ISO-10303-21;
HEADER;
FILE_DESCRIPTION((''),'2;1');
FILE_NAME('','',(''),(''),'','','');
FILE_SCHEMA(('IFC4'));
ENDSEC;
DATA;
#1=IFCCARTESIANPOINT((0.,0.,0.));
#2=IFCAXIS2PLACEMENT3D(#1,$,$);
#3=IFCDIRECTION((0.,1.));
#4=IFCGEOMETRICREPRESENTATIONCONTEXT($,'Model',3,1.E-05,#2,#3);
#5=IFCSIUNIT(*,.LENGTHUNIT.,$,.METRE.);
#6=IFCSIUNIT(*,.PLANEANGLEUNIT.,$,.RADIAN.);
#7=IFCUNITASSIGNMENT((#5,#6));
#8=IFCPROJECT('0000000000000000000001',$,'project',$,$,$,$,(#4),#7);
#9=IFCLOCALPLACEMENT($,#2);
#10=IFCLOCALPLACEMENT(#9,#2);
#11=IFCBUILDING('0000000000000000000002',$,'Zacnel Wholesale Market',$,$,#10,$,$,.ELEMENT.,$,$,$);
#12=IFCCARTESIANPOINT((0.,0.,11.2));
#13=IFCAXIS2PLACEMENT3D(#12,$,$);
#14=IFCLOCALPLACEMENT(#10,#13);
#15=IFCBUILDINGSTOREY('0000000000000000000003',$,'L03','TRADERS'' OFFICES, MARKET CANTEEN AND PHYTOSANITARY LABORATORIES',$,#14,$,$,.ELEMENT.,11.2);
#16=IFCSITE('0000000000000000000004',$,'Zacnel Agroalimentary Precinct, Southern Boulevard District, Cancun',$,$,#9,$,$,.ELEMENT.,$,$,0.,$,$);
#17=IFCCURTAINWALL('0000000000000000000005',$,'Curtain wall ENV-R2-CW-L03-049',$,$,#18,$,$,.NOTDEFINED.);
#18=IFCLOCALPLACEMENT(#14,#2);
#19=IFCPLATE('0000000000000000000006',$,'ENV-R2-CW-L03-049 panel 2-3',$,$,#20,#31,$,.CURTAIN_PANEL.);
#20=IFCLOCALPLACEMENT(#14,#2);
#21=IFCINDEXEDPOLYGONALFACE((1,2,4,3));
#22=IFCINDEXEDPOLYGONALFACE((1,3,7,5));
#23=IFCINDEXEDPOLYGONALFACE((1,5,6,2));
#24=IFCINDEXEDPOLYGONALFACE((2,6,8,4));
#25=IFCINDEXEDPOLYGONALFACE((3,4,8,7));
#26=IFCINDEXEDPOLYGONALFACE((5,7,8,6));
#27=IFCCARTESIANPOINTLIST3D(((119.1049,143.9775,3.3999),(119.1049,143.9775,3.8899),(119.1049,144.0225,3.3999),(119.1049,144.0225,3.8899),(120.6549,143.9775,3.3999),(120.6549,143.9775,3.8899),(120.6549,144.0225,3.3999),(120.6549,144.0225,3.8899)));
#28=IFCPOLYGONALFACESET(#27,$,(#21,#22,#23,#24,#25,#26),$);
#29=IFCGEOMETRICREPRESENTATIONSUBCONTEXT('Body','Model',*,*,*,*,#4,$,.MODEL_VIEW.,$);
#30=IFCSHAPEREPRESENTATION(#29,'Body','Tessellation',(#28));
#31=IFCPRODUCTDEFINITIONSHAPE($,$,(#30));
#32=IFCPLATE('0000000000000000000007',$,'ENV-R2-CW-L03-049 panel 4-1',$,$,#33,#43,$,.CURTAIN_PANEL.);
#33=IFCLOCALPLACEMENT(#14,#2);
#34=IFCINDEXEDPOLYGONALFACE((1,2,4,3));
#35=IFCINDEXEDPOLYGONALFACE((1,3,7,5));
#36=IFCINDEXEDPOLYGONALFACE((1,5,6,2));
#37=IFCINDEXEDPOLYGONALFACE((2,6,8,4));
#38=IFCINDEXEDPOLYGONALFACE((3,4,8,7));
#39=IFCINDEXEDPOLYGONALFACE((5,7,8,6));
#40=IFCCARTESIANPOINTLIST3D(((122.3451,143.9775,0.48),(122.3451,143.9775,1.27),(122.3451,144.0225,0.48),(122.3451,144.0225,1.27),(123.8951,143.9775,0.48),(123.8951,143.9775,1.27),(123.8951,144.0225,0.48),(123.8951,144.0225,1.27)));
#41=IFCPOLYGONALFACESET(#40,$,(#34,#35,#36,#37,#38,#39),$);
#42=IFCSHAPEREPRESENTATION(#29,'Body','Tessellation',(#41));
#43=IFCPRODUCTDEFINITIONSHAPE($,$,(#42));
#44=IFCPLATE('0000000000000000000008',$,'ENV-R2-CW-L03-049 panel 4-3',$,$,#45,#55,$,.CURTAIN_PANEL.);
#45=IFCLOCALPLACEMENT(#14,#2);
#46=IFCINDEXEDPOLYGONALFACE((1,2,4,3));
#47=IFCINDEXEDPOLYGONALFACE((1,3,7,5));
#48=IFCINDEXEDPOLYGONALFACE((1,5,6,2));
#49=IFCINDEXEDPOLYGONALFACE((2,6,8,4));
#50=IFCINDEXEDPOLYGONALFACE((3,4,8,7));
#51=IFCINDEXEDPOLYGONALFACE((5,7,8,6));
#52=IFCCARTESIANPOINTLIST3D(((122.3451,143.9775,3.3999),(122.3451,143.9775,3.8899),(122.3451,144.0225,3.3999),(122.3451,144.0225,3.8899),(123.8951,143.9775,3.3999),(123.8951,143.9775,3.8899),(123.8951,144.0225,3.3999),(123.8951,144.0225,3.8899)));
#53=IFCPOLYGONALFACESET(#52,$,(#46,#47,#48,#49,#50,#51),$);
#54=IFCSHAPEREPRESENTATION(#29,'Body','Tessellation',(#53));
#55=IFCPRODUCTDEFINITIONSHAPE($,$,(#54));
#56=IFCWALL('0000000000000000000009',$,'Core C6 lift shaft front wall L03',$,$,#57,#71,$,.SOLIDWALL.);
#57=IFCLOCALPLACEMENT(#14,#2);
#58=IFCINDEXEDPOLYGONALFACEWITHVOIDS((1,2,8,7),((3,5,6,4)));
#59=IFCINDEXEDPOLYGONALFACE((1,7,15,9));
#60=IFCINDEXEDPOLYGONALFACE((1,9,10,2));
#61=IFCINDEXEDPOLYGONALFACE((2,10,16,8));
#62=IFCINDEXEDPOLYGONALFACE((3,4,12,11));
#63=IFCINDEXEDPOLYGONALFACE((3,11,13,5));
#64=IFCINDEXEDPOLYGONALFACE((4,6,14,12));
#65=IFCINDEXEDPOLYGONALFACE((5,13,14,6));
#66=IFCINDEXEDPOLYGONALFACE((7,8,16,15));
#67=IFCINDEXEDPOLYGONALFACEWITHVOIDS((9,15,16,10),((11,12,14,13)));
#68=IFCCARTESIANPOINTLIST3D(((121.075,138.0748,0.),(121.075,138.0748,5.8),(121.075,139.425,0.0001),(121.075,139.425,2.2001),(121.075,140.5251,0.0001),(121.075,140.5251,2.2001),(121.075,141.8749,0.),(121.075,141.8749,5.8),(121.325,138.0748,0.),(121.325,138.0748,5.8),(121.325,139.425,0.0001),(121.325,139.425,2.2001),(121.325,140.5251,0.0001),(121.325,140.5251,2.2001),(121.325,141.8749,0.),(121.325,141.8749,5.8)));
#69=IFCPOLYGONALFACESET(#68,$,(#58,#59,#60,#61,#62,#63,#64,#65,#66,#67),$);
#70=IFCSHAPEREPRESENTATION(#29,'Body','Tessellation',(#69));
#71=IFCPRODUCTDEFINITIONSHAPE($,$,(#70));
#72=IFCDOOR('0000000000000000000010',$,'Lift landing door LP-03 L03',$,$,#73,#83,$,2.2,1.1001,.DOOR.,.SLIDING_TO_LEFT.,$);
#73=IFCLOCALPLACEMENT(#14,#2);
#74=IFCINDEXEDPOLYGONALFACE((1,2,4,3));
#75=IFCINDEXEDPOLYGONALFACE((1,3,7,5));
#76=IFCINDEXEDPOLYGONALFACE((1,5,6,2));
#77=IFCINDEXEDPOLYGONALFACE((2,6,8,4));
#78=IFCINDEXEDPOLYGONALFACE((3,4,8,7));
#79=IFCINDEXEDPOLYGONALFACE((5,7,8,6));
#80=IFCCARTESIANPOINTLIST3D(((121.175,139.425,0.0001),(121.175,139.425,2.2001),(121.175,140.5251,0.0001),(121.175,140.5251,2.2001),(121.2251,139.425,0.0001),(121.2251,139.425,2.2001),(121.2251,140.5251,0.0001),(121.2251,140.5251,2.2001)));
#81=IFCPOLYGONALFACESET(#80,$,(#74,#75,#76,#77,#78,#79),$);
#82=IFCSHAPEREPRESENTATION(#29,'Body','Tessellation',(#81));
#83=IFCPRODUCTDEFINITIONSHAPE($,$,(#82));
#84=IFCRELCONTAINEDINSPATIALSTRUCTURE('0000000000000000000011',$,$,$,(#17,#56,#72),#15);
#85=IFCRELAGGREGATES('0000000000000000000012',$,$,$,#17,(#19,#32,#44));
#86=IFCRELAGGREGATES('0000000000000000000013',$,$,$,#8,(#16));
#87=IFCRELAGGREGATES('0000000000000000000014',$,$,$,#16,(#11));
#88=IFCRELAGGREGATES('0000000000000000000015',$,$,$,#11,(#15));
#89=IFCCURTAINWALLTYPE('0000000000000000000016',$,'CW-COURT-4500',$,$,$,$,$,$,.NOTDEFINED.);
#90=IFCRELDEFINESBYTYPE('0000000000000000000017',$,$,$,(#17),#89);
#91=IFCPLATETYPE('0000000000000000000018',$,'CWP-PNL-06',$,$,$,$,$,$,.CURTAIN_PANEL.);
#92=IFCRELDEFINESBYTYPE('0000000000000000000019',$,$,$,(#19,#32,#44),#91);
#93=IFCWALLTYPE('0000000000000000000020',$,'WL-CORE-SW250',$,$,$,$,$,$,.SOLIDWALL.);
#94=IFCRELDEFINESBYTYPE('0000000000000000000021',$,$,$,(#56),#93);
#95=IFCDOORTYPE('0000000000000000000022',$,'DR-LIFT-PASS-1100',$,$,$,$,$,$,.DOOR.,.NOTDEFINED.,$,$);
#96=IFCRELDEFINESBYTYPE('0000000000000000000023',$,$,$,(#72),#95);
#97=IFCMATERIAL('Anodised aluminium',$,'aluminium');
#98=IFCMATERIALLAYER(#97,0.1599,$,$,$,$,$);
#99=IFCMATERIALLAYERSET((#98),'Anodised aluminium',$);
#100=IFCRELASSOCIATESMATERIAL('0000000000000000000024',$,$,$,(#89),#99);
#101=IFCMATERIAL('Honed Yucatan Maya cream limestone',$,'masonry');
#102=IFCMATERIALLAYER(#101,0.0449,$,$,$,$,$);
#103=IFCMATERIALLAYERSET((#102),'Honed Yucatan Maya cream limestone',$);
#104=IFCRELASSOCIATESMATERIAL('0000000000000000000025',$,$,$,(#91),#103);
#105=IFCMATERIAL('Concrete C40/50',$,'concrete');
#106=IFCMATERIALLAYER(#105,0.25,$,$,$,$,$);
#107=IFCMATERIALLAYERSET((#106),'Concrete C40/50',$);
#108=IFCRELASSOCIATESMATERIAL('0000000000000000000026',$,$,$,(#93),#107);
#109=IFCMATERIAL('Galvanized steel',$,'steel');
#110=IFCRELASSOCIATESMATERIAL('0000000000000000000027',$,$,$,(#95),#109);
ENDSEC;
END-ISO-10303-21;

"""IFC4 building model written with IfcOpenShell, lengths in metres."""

from ifc_helpers import new_model, si_unit, direction, frame, frame_2d, origin, origin_2d, place, context, subcontext, project, spatial, rectangle, extrude, material, layer, layer_set, type_object, element, fill, aggregate, save


model = new_model("IFC4")

# Units and contexts
model_context = context("Model", 3, precision=1e-05, world=origin(), true_north=direction((0.0, 1.0)))
body_context = subcontext(model_context, "Body", "Model", "MODEL_VIEW")
ifc_project = project(units=[si_unit("LENGTHUNIT", "METRE"), si_unit("PLANEANGLEUNIT", "RADIAN")], contexts=[model_context])

# Site, building, storey
site_placement = place(None, origin())
site = spatial("IfcSite", under=ifc_project, at=site_placement, Name="Zacnel Agroalimentary Precinct, Southern Boulevard District, Cancun", CompositionType="ELEMENT", RefElevation=0.0)
building_placement = place(site_placement, origin())
building = spatial("IfcBuilding", under=site, at=building_placement, Name="Zacnel Wholesale Market", CompositionType="ELEMENT")
storey_placement = place(building_placement, frame((0.0, 0.0, 11.2)))
storey = spatial("IfcBuildingStorey", under=building, at=storey_placement, Name="L03", Description="TRADERS' OFFICES, MARKET CANTEEN AND PHYTOSANITARY LABORATORIES", CompositionType="ELEMENT", Elevation=11.2)

# Curtain wall, plates
ifc_material_1 = material(Name="Anodised aluminium", Category="aluminium")
ifc_layer_1 = layer(ifc_material_1, 0.1599)
ifc_layer_set_1 = layer_set([ifc_layer_1], Name="Anodised aluminium")
curtain_wall_type = type_object("IfcCurtainWallType", Name="CW-COURT-4500", PredefinedType="NOTDEFINED", material=ifc_layer_set_1)
curtain_wall_placement = place(storey_placement, origin())
curtain_wall = element("IfcCurtainWall", 1, at=curtain_wall_placement, inside=storey, type_object=curtain_wall_type, Name="Curtain wall ENV-R2-CW-L03-049", PredefinedType="NOTDEFINED")
ifc_material_2 = material(Name="Honed Yucatan Maya cream limestone", Category="masonry")
ifc_layer_2 = layer(ifc_material_2, 0.0449)
ifc_layer_set_2 = layer_set([ifc_layer_2], Name="Honed Yucatan Maya cream limestone")
plate_type_1 = type_object("IfcPlateType", Name="CWP-PNL-06", PredefinedType="CURTAIN_PANEL", material=ifc_layer_set_2)
plate_1_placement = place(storey_placement, frame((119.8799, 144.0, 3.3999), z_axis=(0.0, 0.0, 1.0), x_axis=(1.0, 0.0, 0.0)))
plate_1 = element("IfcPlate", 2, at=plate_1_placement, type_object=plate_type_1, Name="ENV-R2-CW-L03-049 panel 2-3", PredefinedType="CURTAIN_PANEL", context=body_context, shape_type="SweptSolid", body=[
    extrude(rectangle(XDim=1.55, YDim=0.0449, at=origin_2d()), origin(), (0.0, 0.0, 1.0), 0.49),
])
plate_2_placement = place(storey_placement, frame((123.1201, 144.0, 0.48), z_axis=(0.0, 0.0, 1.0), x_axis=(1.0, 0.0, 0.0)))
plate_2 = element("IfcPlate", 3, at=plate_2_placement, type_object=plate_type_1, Name="ENV-R2-CW-L03-049 panel 4-1", PredefinedType="CURTAIN_PANEL", context=body_context, shape_type="SweptSolid", body=[
    extrude(rectangle(XDim=1.55, YDim=0.0449, at=origin_2d()), origin(), (0.0, 0.0, 1.0), 0.79),
])
plate_3_placement = place(storey_placement, frame((123.1201, 144.0, 3.3999), z_axis=(0.0, 0.0, 1.0), x_axis=(1.0, 0.0, 0.0)))
plate_3 = element("IfcPlate", 4, at=plate_3_placement, type_object=plate_type_1, Name="ENV-R2-CW-L03-049 panel 4-3", PredefinedType="CURTAIN_PANEL", context=body_context, shape_type="SweptSolid", body=[
    extrude(rectangle(XDim=1.55, YDim=0.0449, at=origin_2d()), origin(), (0.0, 0.0, 1.0), 0.49),
])
aggregate(curtain_wall, [plate_1, plate_2, plate_3])

# Wall, opening, door
ifc_material_3 = material(Name="Concrete C40/50", Category="concrete")
ifc_layer_3 = layer(ifc_material_3, 0.25)
ifc_layer_set_3 = layer_set([ifc_layer_3], Name="Concrete C40/50")
wall_type = type_object("IfcWallType", Name="WL-CORE-SW250", PredefinedType="SOLIDWALL", material=ifc_layer_set_3)
wall_placement = place(storey_placement, frame((121.2, 138.075, 0.0), z_axis=(0.0, 0.0, 1.0), x_axis=(0.0, 1.0, 0.0)))
wall = element("IfcWall", 5, at=wall_placement, inside=storey, type_object=wall_type, Name="Core C6 lift shaft front wall L03", PredefinedType="SOLIDWALL", context=body_context, shape_type="SweptSolid", body=[
    extrude(rectangle(XDim=3.8, YDim=0.25, at=frame_2d((1.8999, 0.0))), origin(), (0.0, 0.0, 1.0), 5.8),
])
opening_placement = place(wall_placement, frame((1.3501, 0.0, 0.0)))
opening = element("IfcOpeningElement", 6, at=opening_placement, cuts=wall, PredefinedType="OPENING", context=body_context, shape_type="SweptSolid", body=[
    extrude(rectangle(XDim=1.1001, YDim=2.2, at=frame_2d((0.55, 1.1001))), frame((0.0, 0.135, 0.0), z_axis=(0.0, -1.0, 0.0), x_axis=(1.0, 0.0, 0.0)), (0.0, 0.0, 1.0), 0.27),
])
ifc_material_4 = material(Name="Galvanized steel", Category="steel")
door_type = type_object("IfcDoorType", Name="DR-LIFT-PASS-1100", OperationType="NOTDEFINED", PredefinedType="DOOR", material=ifc_material_4)
door_placement = place(opening_placement, origin())
door = element("IfcDoor", 7, at=door_placement, inside=storey, type_object=door_type, Name="Lift landing door LP-03 L03", OperationType="SLIDING_TO_LEFT", OverallHeight=2.2, OverallWidth=1.1001, PredefinedType="DOOR", context=body_context, shape_type="SweptSolid", body=[
    extrude(rectangle(XDim=1.1001, YDim=2.2, at=frame_2d((0.55, 1.1001))), frame((0.0, 0.0249, 0.0), z_axis=(0.0, -1.0, 0.0), x_axis=(1.0, 0.0, 0.0)), (0.0, 0.0, 1.0), 0.05),
])
fill(opening, door)

save(model, "model.ifc")
